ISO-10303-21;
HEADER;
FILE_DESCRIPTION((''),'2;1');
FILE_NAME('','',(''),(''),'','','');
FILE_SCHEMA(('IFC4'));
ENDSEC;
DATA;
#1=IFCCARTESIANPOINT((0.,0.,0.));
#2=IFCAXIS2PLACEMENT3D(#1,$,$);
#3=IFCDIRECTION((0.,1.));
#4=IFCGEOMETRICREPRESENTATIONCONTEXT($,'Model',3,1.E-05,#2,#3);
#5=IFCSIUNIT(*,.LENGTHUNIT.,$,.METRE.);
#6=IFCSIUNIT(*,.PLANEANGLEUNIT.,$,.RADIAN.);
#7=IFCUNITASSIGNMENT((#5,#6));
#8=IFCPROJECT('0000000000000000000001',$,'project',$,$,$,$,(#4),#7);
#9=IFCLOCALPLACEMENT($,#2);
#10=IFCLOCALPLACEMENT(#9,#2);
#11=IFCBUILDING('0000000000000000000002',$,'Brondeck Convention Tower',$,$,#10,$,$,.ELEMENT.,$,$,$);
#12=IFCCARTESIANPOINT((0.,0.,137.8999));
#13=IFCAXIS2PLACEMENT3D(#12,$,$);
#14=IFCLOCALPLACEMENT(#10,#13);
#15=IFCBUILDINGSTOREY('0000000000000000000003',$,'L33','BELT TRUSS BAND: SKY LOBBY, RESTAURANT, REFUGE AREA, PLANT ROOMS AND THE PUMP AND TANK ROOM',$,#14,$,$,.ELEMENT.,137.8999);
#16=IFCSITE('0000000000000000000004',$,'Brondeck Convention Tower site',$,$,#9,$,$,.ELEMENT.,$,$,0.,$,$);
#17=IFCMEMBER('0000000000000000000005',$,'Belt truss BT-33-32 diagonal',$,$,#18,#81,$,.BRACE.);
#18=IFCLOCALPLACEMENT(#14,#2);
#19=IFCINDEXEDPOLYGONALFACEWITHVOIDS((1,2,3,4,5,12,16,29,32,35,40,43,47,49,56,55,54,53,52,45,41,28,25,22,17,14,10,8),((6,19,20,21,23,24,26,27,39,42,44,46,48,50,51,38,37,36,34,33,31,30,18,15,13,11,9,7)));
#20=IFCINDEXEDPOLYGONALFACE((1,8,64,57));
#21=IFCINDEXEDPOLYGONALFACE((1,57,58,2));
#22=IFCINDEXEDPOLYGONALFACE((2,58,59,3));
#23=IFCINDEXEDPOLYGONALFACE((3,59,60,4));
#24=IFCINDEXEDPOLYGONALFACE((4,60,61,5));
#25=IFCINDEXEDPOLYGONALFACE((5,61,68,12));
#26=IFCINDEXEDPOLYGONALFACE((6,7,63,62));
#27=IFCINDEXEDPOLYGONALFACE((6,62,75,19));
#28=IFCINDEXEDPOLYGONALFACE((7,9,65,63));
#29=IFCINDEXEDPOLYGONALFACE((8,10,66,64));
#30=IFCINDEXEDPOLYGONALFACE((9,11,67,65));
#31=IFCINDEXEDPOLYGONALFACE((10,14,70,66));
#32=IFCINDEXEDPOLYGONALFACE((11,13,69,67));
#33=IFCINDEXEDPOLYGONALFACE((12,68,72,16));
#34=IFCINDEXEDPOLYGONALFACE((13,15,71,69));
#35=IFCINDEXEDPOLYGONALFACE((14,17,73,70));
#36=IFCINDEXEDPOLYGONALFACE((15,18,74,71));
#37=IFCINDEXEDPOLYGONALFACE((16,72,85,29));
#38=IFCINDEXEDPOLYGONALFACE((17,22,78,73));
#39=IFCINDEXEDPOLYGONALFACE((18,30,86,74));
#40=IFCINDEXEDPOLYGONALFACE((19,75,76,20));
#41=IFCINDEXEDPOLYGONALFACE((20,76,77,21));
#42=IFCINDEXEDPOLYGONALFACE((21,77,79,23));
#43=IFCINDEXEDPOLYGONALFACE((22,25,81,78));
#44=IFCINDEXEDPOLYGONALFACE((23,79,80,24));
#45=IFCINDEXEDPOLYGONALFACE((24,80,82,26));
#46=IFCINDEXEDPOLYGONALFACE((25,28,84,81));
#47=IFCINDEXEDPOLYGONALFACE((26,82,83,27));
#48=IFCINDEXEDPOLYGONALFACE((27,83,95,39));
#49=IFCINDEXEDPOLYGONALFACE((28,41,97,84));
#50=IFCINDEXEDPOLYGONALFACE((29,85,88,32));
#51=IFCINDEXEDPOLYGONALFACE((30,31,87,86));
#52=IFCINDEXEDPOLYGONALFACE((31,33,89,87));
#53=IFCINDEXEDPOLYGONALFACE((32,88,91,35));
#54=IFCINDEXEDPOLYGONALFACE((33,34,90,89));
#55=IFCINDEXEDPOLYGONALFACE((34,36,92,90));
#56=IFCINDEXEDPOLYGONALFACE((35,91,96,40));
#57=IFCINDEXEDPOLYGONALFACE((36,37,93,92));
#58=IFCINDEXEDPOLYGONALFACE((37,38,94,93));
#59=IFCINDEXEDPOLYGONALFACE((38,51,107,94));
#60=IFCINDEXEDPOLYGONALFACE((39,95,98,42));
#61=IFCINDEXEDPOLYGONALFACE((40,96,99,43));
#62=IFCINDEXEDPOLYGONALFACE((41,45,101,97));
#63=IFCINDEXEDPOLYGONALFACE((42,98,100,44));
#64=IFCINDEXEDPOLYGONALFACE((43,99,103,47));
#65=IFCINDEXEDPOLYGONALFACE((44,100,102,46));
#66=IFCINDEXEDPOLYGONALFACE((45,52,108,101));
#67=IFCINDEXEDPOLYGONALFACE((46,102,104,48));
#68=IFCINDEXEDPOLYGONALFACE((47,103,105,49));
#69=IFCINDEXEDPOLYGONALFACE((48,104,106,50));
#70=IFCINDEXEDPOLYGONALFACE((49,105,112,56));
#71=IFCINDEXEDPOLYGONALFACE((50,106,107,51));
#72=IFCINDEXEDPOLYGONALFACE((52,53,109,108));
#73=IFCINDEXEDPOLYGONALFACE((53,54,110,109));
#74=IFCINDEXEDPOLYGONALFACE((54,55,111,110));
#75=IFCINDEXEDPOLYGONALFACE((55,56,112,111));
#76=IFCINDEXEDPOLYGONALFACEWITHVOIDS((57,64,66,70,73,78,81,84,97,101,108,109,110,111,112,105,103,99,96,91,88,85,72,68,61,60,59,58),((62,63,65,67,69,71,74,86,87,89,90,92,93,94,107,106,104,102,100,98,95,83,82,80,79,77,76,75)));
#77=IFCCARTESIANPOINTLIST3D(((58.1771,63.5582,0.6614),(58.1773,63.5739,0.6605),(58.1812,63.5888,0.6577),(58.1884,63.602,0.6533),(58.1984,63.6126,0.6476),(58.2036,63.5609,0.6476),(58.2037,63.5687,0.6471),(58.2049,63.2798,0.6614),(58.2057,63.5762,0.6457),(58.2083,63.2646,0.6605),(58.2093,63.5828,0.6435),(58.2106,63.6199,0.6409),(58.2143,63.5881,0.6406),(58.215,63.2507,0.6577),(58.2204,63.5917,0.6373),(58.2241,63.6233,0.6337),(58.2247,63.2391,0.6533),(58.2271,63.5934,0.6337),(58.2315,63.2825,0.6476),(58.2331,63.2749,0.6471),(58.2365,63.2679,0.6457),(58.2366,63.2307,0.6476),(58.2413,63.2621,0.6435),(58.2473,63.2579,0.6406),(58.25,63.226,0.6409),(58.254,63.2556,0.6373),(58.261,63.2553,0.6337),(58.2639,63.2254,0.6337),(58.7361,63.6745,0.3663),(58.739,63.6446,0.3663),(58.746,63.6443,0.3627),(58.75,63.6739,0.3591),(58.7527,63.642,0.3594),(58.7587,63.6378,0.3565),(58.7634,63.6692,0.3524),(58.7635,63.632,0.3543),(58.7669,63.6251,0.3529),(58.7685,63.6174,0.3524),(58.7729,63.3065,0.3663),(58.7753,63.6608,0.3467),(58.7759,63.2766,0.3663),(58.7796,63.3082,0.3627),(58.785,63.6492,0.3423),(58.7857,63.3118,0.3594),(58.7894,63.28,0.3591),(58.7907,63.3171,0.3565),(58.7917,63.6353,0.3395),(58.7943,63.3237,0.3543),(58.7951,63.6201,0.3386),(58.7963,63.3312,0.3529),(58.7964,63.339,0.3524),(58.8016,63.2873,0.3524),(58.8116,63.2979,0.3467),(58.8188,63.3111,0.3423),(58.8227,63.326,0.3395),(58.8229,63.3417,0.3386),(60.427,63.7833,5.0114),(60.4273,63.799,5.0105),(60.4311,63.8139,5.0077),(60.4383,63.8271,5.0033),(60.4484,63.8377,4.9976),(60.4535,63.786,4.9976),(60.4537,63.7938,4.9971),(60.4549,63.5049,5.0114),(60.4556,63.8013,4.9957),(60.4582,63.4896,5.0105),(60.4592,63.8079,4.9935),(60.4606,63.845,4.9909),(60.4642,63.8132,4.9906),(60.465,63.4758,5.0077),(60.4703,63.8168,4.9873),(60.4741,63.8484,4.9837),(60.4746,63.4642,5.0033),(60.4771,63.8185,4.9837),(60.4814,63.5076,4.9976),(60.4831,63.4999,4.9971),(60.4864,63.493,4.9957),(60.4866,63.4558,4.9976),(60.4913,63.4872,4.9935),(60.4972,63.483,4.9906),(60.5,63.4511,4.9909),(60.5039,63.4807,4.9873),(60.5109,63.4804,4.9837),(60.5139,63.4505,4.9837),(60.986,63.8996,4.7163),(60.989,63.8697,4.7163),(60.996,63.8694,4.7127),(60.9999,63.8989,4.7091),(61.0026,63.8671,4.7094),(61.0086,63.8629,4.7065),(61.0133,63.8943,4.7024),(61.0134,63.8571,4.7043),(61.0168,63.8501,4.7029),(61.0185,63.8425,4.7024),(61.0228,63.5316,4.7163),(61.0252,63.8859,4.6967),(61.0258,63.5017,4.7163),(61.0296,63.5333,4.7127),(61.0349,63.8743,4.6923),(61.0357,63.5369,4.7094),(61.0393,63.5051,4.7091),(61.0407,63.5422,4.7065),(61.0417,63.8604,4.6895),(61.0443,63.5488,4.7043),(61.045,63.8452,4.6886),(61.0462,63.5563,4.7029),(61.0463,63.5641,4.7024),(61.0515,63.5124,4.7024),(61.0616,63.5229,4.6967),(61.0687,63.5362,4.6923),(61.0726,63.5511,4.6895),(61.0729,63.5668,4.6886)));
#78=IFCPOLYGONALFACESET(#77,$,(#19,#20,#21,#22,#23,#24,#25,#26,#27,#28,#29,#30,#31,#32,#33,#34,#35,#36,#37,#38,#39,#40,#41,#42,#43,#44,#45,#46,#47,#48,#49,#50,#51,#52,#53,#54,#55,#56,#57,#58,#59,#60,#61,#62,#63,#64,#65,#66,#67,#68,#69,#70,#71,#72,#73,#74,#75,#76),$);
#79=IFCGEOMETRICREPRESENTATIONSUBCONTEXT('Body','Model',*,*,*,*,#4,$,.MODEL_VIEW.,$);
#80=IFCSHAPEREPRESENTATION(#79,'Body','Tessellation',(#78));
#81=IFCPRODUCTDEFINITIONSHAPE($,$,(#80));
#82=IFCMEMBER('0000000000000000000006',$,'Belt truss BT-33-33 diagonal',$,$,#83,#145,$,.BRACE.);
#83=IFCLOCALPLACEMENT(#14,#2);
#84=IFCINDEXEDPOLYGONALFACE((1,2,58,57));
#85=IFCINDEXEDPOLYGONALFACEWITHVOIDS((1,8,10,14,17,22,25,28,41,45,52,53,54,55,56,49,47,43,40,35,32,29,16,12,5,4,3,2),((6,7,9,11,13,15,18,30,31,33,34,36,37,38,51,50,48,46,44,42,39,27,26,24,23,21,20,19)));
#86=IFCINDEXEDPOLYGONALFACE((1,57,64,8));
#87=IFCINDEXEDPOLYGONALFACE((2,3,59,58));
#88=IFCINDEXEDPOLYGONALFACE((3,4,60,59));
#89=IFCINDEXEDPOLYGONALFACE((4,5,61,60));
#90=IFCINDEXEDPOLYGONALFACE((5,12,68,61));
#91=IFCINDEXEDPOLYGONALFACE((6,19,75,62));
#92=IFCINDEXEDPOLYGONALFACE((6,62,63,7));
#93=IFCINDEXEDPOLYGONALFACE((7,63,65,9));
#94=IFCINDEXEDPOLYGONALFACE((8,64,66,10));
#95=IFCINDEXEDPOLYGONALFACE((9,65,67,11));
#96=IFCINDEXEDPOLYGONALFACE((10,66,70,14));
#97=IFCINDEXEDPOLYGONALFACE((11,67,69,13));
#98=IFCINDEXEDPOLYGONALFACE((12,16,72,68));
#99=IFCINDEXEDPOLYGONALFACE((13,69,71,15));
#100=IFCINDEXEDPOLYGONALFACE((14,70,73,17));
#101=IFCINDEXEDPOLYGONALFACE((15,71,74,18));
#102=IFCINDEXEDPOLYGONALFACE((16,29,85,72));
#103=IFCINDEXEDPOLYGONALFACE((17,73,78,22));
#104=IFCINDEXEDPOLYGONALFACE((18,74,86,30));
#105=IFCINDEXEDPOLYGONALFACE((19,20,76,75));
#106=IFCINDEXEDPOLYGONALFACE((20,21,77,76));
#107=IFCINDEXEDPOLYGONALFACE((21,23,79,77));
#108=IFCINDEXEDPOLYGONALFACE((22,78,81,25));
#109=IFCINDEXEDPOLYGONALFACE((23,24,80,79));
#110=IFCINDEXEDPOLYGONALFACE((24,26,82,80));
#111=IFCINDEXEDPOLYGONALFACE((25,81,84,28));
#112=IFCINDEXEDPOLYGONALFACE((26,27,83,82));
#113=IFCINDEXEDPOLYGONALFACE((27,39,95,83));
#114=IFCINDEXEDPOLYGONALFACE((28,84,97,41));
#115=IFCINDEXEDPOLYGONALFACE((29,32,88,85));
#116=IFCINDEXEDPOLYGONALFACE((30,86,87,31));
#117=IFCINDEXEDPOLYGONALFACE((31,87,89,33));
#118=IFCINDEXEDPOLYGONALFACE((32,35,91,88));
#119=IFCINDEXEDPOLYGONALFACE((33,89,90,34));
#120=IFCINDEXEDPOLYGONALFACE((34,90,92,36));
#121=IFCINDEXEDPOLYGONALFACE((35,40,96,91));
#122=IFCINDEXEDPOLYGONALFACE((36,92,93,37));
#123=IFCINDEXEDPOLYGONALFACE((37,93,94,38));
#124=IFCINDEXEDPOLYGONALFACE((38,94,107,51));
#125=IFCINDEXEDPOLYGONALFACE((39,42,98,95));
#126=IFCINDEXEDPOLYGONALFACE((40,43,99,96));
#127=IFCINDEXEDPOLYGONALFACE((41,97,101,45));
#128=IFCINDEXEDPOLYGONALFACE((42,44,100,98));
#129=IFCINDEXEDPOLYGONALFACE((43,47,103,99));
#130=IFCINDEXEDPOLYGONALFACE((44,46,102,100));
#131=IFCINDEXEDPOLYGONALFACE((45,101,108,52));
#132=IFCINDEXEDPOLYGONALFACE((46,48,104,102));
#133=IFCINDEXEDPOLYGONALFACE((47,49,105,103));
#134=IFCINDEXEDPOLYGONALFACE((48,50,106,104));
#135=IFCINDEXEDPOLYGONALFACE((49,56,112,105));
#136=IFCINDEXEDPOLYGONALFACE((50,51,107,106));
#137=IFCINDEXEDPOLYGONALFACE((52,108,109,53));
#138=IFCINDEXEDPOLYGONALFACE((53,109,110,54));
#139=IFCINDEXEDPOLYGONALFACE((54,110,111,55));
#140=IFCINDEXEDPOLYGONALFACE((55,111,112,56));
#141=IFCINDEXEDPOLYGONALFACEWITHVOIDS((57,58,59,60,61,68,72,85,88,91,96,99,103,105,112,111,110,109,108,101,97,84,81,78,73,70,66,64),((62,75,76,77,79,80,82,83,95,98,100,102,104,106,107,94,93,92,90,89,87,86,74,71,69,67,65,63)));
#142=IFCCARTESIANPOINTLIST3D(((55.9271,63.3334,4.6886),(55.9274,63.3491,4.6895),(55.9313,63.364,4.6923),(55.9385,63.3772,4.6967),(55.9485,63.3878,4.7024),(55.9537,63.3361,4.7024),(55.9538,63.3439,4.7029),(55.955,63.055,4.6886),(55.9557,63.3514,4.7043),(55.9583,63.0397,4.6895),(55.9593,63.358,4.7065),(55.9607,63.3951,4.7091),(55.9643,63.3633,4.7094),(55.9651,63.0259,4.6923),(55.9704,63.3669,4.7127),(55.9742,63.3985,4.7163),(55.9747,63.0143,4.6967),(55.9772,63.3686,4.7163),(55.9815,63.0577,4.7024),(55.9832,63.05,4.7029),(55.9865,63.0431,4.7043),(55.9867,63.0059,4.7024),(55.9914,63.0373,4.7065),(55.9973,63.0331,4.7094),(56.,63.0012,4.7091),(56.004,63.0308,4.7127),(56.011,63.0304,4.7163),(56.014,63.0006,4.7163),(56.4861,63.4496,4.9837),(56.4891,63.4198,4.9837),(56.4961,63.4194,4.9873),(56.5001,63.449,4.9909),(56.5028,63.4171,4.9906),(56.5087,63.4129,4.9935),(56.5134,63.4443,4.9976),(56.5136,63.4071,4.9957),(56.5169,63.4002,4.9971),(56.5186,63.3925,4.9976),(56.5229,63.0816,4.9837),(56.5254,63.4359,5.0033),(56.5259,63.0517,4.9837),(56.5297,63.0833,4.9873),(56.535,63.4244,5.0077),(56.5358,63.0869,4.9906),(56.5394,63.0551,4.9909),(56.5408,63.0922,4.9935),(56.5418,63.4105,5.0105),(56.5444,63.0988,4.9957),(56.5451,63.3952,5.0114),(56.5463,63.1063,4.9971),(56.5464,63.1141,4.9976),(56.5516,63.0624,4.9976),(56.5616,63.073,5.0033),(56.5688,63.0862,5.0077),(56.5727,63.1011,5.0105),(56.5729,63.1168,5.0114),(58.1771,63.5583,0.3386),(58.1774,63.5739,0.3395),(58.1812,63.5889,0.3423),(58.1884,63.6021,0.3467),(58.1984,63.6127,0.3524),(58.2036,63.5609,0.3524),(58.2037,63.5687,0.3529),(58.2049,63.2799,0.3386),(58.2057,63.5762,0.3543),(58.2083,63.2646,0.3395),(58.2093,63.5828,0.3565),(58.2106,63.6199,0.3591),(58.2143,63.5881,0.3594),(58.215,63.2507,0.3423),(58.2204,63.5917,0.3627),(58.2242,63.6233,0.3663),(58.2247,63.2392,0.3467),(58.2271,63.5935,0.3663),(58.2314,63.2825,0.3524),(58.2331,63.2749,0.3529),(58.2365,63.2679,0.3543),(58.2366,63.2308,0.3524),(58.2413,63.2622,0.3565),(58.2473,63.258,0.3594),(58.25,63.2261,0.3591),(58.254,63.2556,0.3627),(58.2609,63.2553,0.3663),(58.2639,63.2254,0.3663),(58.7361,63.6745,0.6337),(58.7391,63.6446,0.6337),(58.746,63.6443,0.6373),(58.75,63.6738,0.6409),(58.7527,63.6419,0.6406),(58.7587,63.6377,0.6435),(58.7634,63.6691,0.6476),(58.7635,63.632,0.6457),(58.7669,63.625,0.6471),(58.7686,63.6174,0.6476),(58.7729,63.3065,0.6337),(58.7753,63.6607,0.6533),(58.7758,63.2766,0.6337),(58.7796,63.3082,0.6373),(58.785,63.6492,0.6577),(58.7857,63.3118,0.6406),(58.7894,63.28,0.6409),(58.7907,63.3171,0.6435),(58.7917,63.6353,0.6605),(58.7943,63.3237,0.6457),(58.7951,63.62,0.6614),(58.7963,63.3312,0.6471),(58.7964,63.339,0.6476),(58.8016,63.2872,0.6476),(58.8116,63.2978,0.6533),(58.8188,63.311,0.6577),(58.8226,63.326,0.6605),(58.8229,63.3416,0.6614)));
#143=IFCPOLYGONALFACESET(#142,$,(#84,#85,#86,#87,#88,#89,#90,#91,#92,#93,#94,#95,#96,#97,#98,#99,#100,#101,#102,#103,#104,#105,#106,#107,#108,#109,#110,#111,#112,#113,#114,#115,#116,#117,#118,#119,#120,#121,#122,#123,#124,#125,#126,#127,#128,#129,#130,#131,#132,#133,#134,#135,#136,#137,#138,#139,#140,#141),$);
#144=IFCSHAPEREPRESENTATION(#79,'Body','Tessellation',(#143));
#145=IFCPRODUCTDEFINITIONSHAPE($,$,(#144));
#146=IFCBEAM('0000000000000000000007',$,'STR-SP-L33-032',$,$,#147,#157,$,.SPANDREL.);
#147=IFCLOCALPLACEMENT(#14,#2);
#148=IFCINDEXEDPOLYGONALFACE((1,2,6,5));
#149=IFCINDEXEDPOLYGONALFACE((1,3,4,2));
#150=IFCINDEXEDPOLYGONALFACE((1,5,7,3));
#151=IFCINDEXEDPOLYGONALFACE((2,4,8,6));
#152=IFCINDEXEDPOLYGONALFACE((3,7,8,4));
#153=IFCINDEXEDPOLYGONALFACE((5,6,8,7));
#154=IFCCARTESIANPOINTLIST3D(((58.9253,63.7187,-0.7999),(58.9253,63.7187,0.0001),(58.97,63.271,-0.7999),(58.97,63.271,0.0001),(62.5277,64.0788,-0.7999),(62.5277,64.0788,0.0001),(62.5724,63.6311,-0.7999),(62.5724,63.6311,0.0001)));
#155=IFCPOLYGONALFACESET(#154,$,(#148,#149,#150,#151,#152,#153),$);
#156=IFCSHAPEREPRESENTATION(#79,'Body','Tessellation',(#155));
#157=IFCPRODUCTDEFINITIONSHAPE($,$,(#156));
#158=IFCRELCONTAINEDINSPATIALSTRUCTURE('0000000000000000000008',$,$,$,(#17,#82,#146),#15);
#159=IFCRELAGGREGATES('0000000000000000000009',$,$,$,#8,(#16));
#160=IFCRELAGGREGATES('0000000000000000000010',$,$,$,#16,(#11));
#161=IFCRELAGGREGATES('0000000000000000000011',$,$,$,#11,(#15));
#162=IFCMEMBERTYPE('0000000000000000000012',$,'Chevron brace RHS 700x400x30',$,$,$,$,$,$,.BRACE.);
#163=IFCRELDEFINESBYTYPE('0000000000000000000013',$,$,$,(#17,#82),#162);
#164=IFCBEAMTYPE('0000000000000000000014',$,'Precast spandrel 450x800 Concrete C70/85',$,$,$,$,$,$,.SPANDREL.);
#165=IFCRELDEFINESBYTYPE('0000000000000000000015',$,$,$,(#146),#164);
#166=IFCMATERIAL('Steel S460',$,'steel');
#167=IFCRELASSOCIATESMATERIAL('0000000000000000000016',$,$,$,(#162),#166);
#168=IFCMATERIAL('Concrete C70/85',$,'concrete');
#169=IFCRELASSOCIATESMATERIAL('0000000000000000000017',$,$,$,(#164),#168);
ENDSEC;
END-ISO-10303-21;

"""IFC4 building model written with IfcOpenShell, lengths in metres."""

from ifc_helpers import new_model, si_unit, direction, frame, origin, origin_2d, place, context, subcontext, project, spatial, rectangle, hollow_rectangle, extrude, material, material_profile, profile_set, type_object, element, save


model = new_model("IFC4")

# Units and contexts
model_context = context("Model", 3, precision=1e-05, world=origin(), true_north=direction((0.0, 1.0)))
body_context = subcontext(model_context, "Body", "Model", "MODEL_VIEW")
ifc_project = project(units=[si_unit("LENGTHUNIT", "METRE"), si_unit("PLANEANGLEUNIT", "RADIAN")], contexts=[model_context])

# Site, building, storey
site_placement = place(None, origin())
site = spatial("IfcSite", under=ifc_project, at=site_placement, Name="Brondeck Convention Tower site", CompositionType="ELEMENT", RefElevation=0.0)
building_placement = place(site_placement, origin())
building = spatial("IfcBuilding", under=site, at=building_placement, Name="Brondeck Convention Tower", CompositionType="ELEMENT")
storey_placement = place(building_placement, frame((0.0, 0.0, 137.8999)))
storey = spatial("IfcBuildingStorey", under=building, at=storey_placement, Name="L33", Description="BELT TRUSS BAND: SKY LOBBY, RESTAURANT, REFUGE AREA, PLANT ROOMS AND THE PUMP AND TANK ROOM", CompositionType="ELEMENT", Elevation=137.8999)

# Shared definitions
ifc_material_1 = material(Name="Concrete C70/85", Category="concrete")

# Members
ifc_material_2 = material(Name="Steel S460", Category="steel")
ifc_material_profile_1 = material_profile(ifc_material_2, hollow_rectangle(XDim=0.3999, YDim=0.7, WallThickness=0.03, InnerFilletRadius=0.03, OuterFilletRadius=0.0601, at=origin_2d()), Name="RHS 700x400x30")
ifc_profile_set_1 = profile_set([ifc_material_profile_1], Name="Steel S460")
member_type_1 = type_object("IfcMemberType", Name="Chevron brace RHS 700x400x30", PredefinedType="BRACE", material=ifc_profile_set_1)
for number, where, z_axis, x_axis, name in (
    (1, (58.5, 63.45, 0.5), (0.45893, 0.045913, 0.887285), (-0.099546, 0.995033, 0.0), "Belt truss BT-33-32 diagonal"),
    (2, (58.5, 63.45, 0.5), (-0.458931, -0.045863, 0.887287), (0.09944, -0.995044, 0.0), "Belt truss BT-33-33 diagonal"),
):
    element("IfcMember", number, at=place(storey_placement, frame(where, z_axis=z_axis, x_axis=x_axis)), inside=storey, type_object=member_type_1, Name=name, PredefinedType="BRACE", context=body_context, shape_type="SweptSolid", body=[
        extrude(hollow_rectangle(XDim=0.3999, YDim=0.7, WallThickness=0.03, InnerFilletRadius=0.03, OuterFilletRadius=0.0601, at=origin_2d()), origin(), (0.0, 0.0, 1.0), 4.9026),
    ])

# Beam
ifc_material_profile_2 = material_profile(ifc_material_1, rectangle(XDim=0.45, YDim=0.8, at=origin_2d()), Name="Precast spandrel 450x800 Concrete C70/85")
ifc_profile_set_2 = profile_set([ifc_material_profile_2], Name="Concrete C70/85")
beam_type_1 = type_object("IfcBeamType", Name="Precast spandrel 450x800 Concrete C70/85", PredefinedType="SPANDREL", material=ifc_profile_set_2)
beam_1_placement = place(storey_placement, frame((62.55, 63.855, -0.3999), z_axis=(-0.995041, -0.09947, 0.0), x_axis=(0.09947, -0.995041, 0.0)))
element("IfcBeam", 3, at=beam_1_placement, inside=storey, type_object=beam_type_1, Name="STR-SP-L33-032", PredefinedType="SPANDREL", context=body_context, shape_type="SweptSolid", body=[
    extrude(rectangle(XDim=0.45, YDim=0.8, at=origin_2d()), origin(), (0.0, 0.0, 1.0), 3.6204),
])

save(model, "model.ifc")
